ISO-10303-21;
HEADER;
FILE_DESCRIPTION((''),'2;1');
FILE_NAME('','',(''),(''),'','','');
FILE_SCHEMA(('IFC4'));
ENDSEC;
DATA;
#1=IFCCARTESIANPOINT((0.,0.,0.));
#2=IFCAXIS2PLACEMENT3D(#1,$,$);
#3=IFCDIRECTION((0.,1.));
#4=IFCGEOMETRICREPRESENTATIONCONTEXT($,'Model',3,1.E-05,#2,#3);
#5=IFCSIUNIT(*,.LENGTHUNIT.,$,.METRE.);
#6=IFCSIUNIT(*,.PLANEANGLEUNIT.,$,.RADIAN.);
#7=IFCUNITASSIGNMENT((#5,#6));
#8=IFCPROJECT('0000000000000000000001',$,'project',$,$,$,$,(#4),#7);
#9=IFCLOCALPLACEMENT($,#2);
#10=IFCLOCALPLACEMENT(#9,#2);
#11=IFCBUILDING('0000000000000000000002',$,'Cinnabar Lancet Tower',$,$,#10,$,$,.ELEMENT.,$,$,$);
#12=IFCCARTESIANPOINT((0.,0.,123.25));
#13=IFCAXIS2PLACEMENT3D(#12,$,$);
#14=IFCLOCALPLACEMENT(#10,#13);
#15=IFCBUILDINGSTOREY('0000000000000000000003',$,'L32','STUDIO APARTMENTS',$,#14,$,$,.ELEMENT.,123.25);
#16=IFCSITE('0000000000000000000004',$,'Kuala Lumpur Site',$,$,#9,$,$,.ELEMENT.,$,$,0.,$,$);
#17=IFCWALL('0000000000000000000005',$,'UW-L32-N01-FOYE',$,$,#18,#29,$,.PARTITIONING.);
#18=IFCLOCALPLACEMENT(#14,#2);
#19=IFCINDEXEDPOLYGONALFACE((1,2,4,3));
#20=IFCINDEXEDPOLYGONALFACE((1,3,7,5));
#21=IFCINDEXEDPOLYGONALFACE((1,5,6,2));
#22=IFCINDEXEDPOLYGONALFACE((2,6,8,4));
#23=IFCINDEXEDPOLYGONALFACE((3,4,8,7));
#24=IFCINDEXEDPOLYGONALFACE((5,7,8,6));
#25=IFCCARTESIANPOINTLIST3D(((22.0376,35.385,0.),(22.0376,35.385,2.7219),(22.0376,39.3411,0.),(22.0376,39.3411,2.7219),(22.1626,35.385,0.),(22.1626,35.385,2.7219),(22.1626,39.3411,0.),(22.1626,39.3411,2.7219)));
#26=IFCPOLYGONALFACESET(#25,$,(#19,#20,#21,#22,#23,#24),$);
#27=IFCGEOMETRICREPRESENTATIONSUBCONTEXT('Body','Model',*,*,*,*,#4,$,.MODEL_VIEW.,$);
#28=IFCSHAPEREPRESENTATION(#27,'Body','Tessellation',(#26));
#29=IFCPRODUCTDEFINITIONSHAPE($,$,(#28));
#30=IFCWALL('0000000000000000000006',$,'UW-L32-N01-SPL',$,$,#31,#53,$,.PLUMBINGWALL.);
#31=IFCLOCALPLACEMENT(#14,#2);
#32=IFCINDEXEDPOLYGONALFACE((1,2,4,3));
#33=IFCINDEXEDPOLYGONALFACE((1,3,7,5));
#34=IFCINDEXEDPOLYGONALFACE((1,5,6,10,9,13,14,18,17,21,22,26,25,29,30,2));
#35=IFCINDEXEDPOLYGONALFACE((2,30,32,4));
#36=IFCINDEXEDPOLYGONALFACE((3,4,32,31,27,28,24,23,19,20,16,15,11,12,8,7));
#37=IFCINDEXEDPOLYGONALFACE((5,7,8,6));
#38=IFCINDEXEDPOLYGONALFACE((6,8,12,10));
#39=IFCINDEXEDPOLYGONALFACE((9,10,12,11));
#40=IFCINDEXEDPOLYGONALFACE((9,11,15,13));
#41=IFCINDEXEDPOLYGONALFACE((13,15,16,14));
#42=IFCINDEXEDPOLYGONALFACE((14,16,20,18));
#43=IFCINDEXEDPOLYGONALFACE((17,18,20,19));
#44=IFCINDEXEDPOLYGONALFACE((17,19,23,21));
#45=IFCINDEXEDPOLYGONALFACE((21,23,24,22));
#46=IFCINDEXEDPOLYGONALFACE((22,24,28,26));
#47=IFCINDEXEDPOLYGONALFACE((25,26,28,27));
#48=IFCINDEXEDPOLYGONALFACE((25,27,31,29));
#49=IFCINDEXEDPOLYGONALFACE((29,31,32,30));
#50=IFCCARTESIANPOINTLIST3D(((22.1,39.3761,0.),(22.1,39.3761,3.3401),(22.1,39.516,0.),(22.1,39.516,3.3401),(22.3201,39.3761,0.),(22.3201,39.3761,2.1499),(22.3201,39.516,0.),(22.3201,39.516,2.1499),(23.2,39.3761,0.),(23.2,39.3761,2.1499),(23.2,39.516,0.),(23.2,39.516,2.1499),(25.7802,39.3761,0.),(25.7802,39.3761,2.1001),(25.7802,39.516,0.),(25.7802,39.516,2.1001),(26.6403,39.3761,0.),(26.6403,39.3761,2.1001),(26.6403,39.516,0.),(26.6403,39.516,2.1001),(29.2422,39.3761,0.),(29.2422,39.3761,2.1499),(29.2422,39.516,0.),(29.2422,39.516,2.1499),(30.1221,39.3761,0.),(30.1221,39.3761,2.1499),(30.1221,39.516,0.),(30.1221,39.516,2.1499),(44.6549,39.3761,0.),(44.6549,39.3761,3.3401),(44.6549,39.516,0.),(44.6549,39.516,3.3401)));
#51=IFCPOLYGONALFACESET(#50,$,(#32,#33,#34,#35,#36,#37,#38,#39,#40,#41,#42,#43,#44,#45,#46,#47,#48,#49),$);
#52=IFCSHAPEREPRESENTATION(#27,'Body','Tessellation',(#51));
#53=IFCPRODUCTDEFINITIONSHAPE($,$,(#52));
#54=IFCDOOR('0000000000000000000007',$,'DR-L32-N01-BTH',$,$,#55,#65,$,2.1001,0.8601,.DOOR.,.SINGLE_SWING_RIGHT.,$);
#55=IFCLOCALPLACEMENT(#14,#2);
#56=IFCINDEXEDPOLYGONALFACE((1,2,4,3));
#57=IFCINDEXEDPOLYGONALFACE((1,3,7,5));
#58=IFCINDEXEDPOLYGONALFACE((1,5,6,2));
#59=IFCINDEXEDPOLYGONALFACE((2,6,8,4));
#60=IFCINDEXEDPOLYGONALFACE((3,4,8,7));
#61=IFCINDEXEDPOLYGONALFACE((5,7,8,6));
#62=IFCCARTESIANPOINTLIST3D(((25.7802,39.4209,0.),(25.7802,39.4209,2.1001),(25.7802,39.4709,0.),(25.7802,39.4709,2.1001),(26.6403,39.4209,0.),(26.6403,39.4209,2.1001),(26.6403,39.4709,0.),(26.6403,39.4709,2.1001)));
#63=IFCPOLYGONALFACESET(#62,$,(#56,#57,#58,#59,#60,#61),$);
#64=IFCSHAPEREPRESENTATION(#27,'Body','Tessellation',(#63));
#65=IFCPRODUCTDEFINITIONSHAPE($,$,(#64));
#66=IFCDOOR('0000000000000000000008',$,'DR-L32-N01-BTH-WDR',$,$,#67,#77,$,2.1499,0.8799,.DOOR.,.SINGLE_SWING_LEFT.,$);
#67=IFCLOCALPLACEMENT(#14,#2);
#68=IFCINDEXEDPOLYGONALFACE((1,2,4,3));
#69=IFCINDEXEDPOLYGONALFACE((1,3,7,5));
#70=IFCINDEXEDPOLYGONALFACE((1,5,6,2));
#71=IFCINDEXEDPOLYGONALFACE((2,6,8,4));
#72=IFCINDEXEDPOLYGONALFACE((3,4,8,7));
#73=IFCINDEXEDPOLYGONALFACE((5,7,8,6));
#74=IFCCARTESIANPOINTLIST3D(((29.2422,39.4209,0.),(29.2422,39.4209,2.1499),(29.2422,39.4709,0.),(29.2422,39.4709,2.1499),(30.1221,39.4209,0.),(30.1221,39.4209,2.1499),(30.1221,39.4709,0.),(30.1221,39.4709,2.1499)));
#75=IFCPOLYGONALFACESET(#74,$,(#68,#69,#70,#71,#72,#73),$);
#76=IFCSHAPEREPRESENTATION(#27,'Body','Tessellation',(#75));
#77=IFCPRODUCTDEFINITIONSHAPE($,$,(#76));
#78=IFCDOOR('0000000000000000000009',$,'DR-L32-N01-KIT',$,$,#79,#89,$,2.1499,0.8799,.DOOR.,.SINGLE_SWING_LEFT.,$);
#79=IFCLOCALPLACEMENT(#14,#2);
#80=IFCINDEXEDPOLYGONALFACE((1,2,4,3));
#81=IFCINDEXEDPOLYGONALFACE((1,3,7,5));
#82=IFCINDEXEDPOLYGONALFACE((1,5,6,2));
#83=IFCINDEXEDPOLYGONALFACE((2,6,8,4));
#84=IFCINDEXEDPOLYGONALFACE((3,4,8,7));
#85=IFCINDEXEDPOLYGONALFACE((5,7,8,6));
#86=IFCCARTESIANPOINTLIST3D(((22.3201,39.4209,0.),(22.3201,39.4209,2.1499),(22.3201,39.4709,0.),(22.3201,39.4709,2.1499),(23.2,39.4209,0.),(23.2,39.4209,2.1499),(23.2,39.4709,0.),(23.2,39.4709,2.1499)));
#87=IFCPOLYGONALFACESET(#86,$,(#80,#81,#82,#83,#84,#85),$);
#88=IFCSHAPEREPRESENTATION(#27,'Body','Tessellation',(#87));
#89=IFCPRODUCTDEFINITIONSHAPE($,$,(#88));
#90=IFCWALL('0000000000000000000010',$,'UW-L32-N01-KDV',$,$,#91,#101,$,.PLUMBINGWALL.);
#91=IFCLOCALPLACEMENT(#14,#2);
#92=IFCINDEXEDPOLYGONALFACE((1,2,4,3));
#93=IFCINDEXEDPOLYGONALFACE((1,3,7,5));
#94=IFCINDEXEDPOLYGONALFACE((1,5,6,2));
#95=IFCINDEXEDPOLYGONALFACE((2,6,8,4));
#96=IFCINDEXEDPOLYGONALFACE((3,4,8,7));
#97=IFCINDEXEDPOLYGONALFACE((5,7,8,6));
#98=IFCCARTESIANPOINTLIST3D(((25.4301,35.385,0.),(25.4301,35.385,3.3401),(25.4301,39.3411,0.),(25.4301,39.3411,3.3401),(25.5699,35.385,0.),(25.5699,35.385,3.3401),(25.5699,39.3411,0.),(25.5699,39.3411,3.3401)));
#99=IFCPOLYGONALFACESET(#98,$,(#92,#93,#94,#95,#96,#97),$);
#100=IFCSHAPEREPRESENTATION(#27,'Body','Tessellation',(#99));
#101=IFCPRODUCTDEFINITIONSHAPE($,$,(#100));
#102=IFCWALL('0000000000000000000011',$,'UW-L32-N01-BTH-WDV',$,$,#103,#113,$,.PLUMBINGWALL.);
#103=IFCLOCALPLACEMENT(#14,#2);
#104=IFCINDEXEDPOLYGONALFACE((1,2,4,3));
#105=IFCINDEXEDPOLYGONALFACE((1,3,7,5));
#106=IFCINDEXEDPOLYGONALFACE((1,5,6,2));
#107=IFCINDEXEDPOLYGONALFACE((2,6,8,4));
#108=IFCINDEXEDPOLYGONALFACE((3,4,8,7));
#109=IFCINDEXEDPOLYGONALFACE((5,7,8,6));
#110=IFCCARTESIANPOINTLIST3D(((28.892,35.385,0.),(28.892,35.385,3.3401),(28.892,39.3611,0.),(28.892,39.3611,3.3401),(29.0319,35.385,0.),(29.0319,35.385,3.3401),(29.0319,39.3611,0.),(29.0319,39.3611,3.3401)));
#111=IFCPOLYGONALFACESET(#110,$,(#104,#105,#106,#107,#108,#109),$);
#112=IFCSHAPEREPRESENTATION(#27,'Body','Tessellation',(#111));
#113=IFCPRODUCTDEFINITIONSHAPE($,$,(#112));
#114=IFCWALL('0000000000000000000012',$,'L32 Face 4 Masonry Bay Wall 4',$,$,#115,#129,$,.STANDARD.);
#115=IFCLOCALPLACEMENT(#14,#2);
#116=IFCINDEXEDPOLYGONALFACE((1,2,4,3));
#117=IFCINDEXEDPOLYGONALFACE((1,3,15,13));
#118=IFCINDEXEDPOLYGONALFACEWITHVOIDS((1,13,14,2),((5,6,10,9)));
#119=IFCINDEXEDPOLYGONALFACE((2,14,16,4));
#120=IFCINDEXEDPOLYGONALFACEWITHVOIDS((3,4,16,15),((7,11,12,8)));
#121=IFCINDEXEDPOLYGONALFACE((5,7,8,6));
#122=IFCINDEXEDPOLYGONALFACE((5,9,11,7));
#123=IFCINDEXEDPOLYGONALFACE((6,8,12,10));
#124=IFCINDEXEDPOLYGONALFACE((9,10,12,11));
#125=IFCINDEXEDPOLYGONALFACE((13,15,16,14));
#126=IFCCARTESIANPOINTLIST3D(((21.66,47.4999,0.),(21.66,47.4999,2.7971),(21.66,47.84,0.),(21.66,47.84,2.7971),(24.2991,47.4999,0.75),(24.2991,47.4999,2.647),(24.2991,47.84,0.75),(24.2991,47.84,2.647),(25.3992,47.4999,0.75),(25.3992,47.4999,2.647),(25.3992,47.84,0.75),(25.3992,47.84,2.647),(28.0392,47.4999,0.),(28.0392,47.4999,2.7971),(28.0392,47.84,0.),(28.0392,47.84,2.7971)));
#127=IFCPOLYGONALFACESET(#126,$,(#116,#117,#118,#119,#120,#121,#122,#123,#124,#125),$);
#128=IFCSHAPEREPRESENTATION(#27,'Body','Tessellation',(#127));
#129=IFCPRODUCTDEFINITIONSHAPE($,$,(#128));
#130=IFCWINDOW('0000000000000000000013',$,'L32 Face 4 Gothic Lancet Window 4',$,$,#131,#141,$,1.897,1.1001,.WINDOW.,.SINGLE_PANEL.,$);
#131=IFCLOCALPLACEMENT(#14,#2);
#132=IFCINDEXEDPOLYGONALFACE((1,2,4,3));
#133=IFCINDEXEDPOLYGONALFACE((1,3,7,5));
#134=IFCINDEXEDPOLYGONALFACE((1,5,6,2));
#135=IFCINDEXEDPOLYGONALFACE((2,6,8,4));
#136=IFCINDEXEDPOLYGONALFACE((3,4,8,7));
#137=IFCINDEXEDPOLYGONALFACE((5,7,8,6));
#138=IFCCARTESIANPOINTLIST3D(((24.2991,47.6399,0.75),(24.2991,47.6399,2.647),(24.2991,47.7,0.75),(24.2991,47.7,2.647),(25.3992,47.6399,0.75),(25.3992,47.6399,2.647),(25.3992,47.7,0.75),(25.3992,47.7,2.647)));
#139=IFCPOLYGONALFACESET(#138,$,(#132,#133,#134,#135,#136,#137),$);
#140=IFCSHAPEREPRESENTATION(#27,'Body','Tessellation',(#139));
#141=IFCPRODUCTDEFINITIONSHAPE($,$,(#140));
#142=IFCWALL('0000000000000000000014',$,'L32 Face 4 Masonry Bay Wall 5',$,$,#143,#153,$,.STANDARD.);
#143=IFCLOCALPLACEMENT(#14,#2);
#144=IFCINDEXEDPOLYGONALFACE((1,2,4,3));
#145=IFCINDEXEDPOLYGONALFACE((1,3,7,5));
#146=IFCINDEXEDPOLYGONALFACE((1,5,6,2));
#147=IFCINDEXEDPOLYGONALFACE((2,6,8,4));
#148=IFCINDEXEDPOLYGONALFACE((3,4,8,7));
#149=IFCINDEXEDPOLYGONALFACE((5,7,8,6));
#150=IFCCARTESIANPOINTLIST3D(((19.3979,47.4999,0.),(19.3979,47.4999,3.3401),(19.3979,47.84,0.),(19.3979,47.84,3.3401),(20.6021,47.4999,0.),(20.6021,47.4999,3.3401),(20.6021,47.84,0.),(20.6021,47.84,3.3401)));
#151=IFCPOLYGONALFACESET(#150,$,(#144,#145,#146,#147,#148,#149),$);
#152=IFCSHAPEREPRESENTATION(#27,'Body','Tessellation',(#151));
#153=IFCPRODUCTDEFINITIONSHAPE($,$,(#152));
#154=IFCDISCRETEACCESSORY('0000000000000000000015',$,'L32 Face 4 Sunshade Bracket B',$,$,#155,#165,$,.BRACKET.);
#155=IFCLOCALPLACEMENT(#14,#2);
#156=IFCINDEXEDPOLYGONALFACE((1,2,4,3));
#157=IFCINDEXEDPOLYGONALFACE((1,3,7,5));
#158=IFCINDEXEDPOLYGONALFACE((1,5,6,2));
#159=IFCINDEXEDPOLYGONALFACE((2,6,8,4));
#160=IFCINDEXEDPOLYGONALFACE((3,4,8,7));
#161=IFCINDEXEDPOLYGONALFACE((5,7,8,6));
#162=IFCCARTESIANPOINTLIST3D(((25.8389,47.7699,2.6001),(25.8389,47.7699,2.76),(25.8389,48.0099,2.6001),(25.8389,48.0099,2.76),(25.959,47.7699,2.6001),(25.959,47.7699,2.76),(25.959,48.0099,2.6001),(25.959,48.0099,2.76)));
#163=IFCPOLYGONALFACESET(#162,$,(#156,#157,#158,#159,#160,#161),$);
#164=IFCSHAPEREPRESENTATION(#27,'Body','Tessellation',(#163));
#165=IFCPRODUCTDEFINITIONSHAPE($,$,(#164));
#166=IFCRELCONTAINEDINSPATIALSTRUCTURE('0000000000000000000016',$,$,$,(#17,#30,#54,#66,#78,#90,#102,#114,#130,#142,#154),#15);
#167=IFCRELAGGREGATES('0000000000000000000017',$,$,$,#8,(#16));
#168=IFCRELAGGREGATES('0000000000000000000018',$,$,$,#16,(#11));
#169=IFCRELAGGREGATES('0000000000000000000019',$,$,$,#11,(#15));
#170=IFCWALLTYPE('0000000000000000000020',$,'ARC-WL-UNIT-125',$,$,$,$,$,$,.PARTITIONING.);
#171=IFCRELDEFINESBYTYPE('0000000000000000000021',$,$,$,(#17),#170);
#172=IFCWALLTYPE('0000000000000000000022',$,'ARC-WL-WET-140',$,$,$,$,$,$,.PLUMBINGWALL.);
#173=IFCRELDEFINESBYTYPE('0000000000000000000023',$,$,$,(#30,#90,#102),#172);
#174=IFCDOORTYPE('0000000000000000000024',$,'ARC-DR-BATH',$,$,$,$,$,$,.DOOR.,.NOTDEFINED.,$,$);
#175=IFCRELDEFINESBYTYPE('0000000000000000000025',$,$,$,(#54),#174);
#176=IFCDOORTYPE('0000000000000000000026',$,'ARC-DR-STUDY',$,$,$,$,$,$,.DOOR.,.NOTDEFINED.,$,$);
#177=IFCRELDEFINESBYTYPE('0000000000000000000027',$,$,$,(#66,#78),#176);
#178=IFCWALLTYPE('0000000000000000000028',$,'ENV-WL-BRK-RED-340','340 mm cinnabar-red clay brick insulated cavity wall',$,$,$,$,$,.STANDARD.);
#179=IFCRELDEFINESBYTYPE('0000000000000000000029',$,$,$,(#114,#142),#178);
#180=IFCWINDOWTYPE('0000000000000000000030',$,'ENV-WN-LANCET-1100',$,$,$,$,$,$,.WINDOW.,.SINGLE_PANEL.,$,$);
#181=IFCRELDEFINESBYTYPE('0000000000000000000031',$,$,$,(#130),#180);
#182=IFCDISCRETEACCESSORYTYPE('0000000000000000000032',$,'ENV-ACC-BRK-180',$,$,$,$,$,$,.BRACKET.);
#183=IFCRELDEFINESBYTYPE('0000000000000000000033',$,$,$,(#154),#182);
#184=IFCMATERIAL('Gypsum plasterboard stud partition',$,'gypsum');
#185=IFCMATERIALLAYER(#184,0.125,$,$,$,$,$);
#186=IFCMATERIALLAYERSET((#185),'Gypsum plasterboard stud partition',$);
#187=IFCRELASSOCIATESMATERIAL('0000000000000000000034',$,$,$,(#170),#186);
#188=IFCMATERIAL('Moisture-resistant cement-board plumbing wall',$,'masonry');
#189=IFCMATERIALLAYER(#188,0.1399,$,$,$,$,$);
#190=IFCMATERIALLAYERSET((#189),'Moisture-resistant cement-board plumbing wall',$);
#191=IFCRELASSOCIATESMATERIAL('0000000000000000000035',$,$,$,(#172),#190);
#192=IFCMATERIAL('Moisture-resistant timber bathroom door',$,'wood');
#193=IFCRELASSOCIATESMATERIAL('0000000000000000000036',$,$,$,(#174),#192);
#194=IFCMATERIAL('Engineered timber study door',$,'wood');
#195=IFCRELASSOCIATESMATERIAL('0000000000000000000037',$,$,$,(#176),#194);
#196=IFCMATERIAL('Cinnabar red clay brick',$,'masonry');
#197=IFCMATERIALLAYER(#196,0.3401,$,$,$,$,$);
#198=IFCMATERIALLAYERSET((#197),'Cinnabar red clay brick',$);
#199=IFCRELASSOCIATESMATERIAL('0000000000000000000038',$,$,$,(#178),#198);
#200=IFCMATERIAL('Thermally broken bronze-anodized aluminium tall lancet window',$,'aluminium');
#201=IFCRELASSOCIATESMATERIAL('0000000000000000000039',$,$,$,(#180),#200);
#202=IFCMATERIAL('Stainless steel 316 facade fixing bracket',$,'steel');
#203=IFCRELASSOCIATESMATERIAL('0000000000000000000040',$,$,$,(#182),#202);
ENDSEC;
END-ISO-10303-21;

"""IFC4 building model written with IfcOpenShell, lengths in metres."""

from ifc_helpers import new_model, si_unit, direction, frame, frame_2d, origin, origin_2d, place, context, subcontext, project, spatial, rectangle, extrude, material, layer, layer_set, type_object, element, fill, save


model = new_model("IFC4")

# Units and contexts
model_context = context("Model", 3, precision=1e-05, world=origin(), true_north=direction((0.0, 1.0)))
body_context = subcontext(model_context, "Body", "Model", "MODEL_VIEW")
ifc_project = project(units=[si_unit("LENGTHUNIT", "METRE"), si_unit("PLANEANGLEUNIT", "RADIAN")], contexts=[model_context])

# Site, building, storey
site_placement = place(None, origin())
site = spatial("IfcSite", under=ifc_project, at=site_placement, Name="Kuala Lumpur Site", CompositionType="ELEMENT", RefElevation=0.0)
building_placement = place(site_placement, origin())
building = spatial("IfcBuilding", under=site, at=building_placement, Name="Cinnabar Lancet Tower", CompositionType="ELEMENT")
storey_placement = place(building_placement, frame((0.0, 0.0, 123.25)))
storey = spatial("IfcBuildingStorey", under=building, at=storey_placement, Name="L32", Description="STUDIO APARTMENTS", CompositionType="ELEMENT", Elevation=123.25)

# Wall
ifc_material_1 = material(Name="Gypsum plasterboard stud partition", Category="gypsum")
ifc_layer_1 = layer(ifc_material_1, 0.125)
ifc_layer_set_1 = layer_set([ifc_layer_1], Name="Gypsum plasterboard stud partition")
wall_type_1 = type_object("IfcWallType", Name="ARC-WL-UNIT-125", PredefinedType="PARTITIONING", material=ifc_layer_set_1)
wall_1_placement = place(storey_placement, frame((22.1001, 35.385, 0.0), z_axis=(0.0, 0.0, 1.0), x_axis=(0.0, 1.0, 0.0)))
element("IfcWall", 1, at=wall_1_placement, inside=storey, type_object=wall_type_1, Name="UW-L32-N01-FOYE", PredefinedType="PARTITIONING", context=body_context, shape_type="SweptSolid", body=[
    extrude(rectangle(XDim=3.9561, YDim=0.125, at=frame_2d((1.978, 0.0))), origin(), (0.0, 0.0, 1.0), 2.7219),
])

# Wall, openings, doors
ifc_material_2 = material(Name="Moisture-resistant cement-board plumbing wall", Category="masonry")
ifc_layer_2 = layer(ifc_material_2, 0.1399)
ifc_layer_set_2 = layer_set([ifc_layer_2], Name="Moisture-resistant cement-board plumbing wall")
wall_type_2 = type_object("IfcWallType", Name="ARC-WL-WET-140", PredefinedType="PLUMBINGWALL", material=ifc_layer_set_2)
wall_2_placement = place(storey_placement, frame((22.1001, 39.446, 0.0), z_axis=(0.0, 0.0, 1.0), x_axis=(1.0, 0.0, 0.0)))
wall_2 = element("IfcWall", 2, at=wall_2_placement, inside=storey, type_object=wall_type_2, Name="UW-L32-N01-SPL", PredefinedType="PLUMBINGWALL", context=body_context, shape_type="SweptSolid", body=[
    extrude(rectangle(XDim=22.5549, YDim=0.1399, at=frame_2d((11.2773, 0.0))), origin(), (0.0, 0.0, 1.0), 3.3401),
])
opening_1_placement = place(wall_2_placement, frame((3.6799, 0.0, 0.0)))
opening_1 = element("IfcOpeningElement", 3, at=opening_1_placement, cuts=wall_2, PredefinedType="OPENING", context=body_context, shape_type="SweptSolid", body=[
    extrude(rectangle(XDim=0.8601, YDim=2.1001, at=frame_2d((0.4302, 1.05))), frame((0.0, 0.0798, 0.0), z_axis=(0.0, -1.0, 0.0), x_axis=(1.0, 0.0, 0.0)), (0.0, 0.0, 1.0), 0.1599),
])
opening_2_placement = place(wall_2_placement, frame((7.1421, 0.0, 0.0)))
opening_2 = element("IfcOpeningElement", 4, at=opening_2_placement, cuts=wall_2, PredefinedType="OPENING", context=body_context, shape_type="SweptSolid", body=[
    extrude(rectangle(XDim=0.8799, YDim=2.1499, at=frame_2d((0.4399, 1.075))), frame((0.0, 0.0798, 0.0), z_axis=(0.0, -1.0, 0.0), x_axis=(1.0, 0.0, 0.0)), (0.0, 0.0, 1.0), 0.1599),
])
opening_3_placement = place(wall_2_placement, frame((0.22, 0.0, 0.0)))
opening_3 = element("IfcOpeningElement", 5, at=opening_3_placement, cuts=wall_2, PredefinedType="OPENING", context=body_context, shape_type="SweptSolid", body=[
    extrude(rectangle(XDim=0.8799, YDim=2.1499, at=frame_2d((0.4399, 1.075))), frame((0.0, 0.0798, 0.0), z_axis=(0.0, -1.0, 0.0), x_axis=(1.0, 0.0, 0.0)), (0.0, 0.0, 1.0), 0.1599),
])
ifc_material_3 = material(Name="Moisture-resistant timber bathroom door", Category="wood")
door_type_1 = type_object("IfcDoorType", Name="ARC-DR-BATH", OperationType="NOTDEFINED", PredefinedType="DOOR", material=ifc_material_3)
door_1_placement = place(opening_1_placement, origin())
door_1 = element("IfcDoor", 6, at=door_1_placement, inside=storey, type_object=door_type_1, Name="DR-L32-N01-BTH", OperationType="SINGLE_SWING_RIGHT", OverallHeight=2.1001, OverallWidth=0.8601, PredefinedType="DOOR", context=body_context, shape_type="SweptSolid", body=[
    extrude(rectangle(XDim=0.8601, YDim=2.1001, at=frame_2d((0.4302, 1.05))), frame((0.0, 0.0249, 0.0), z_axis=(0.0, -1.0, 0.0), x_axis=(1.0, 0.0, 0.0)), (0.0, 0.0, 1.0), 0.05),
])
fill(opening_1, door_1)
ifc_material_4 = material(Name="Engineered timber study door", Category="wood")
door_type_2 = type_object("IfcDoorType", Name="ARC-DR-STUDY", OperationType="NOTDEFINED", PredefinedType="DOOR", material=ifc_material_4)
door_2_placement = place(opening_2_placement, origin())
door_2 = element("IfcDoor", 7, at=door_2_placement, inside=storey, type_object=door_type_2, Name="DR-L32-N01-BTH-WDR", OperationType="SINGLE_SWING_LEFT", OverallHeight=2.1499, OverallWidth=0.8799, PredefinedType="DOOR", context=body_context, shape_type="SweptSolid", body=[
    extrude(rectangle(XDim=0.8799, YDim=2.1499, at=frame_2d((0.4399, 1.075))), frame((0.0, 0.0249, 0.0), z_axis=(0.0, -1.0, 0.0), x_axis=(1.0, 0.0, 0.0)), (0.0, 0.0, 1.0), 0.05),
])
fill(opening_2, door_2)
door_3_placement = place(opening_3_placement, origin())
door_3 = element("IfcDoor", 8, at=door_3_placement, inside=storey, type_object=door_type_2, Name="DR-L32-N01-KIT", OperationType="SINGLE_SWING_LEFT", OverallHeight=2.1499, OverallWidth=0.8799, PredefinedType="DOOR", context=body_context, shape_type="SweptSolid", body=[
    extrude(rectangle(XDim=0.8799, YDim=2.1499, at=frame_2d((0.4399, 1.075))), frame((0.0, 0.0249, 0.0), z_axis=(0.0, -1.0, 0.0), x_axis=(1.0, 0.0, 0.0)), (0.0, 0.0, 1.0), 0.05),
])
fill(opening_3, door_3)

# Walls
wall_3_placement = place(storey_placement, frame((25.5, 35.385, 0.0), z_axis=(0.0, 0.0, 1.0), x_axis=(0.0, 1.0, 0.0)))
element("IfcWall", 9, at=wall_3_placement, inside=storey, type_object=wall_type_2, Name="UW-L32-N01-KDV", PredefinedType="PLUMBINGWALL", context=body_context, shape_type="SweptSolid", body=[
    extrude(rectangle(XDim=3.9561, YDim=0.1399, at=frame_2d((1.978, 0.0))), origin(), (0.0, 0.0, 1.0), 3.3401),
])
wall_4_placement = place(storey_placement, frame((28.9619, 35.385, 0.0), z_axis=(0.0, 0.0, 1.0), x_axis=(0.0, 1.0, 0.0)))
element("IfcWall", 10, at=wall_4_placement, inside=storey, type_object=wall_type_2, Name="UW-L32-N01-BTH-WDV", PredefinedType="PLUMBINGWALL", context=body_context, shape_type="SweptSolid", body=[
    extrude(rectangle(XDim=3.9761, YDim=0.1399, at=frame_2d((1.988, 0.0))), origin(), (0.0, 0.0, 1.0), 3.3401),
])

# Wall, opening, window
ifc_material_5 = material(Name="Cinnabar red clay brick", Category="masonry")
ifc_layer_3 = layer(ifc_material_5, 0.3401)
ifc_layer_set_3 = layer_set([ifc_layer_3], Name="Cinnabar red clay brick")
wall_type_3 = type_object("IfcWallType", Name="ENV-WL-BRK-RED-340", Description="340 mm cinnabar-red clay brick insulated cavity wall", PredefinedType="STANDARD", material=ifc_layer_set_3)
wall_5_placement = place(storey_placement, frame((28.0391, 47.6699, 0.0), z_axis=(0.0, 0.0, 1.0), x_axis=(-1.0, 0.0, 0.0)))
wall_5 = element("IfcWall", 11, at=wall_5_placement, inside=storey, type_object=wall_type_3, Name="L32 Face 4 Masonry Bay Wall 4", PredefinedType="STANDARD", context=body_context, shape_type="SweptSolid", body=[
    extrude(rectangle(XDim=6.3792, YDim=0.3401, at=frame_2d((3.1895, 0.0))), origin(), (0.0, 0.0, 1.0), 2.7971),
])
opening_4_placement = place(wall_5_placement, frame((2.6399, 0.0, 0.75)))
opening_4 = element("IfcOpeningElement", 12, at=opening_4_placement, cuts=wall_5, PredefinedType="OPENING", context=body_context, shape_type="SweptSolid", body=[
    extrude(rectangle(XDim=1.1001, YDim=1.897, at=frame_2d((0.55, 0.9485))), frame((0.0, 0.1799, 0.0), z_axis=(0.0, -1.0, 0.0), x_axis=(1.0, 0.0, 0.0)), (0.0, 0.0, 1.0), 0.3601),
])
ifc_material_6 = material(Name="Thermally broken bronze-anodized aluminium tall lancet window", Category="aluminium")
window_type = type_object("IfcWindowType", Name="ENV-WN-LANCET-1100", PartitioningType="SINGLE_PANEL", PredefinedType="WINDOW", material=ifc_material_6)
window_placement = place(opening_4_placement, origin())
window = element("IfcWindow", 13, at=window_placement, inside=storey, type_object=window_type, Name="L32 Face 4 Gothic Lancet Window 4", OverallHeight=1.897, OverallWidth=1.1001, PartitioningType="SINGLE_PANEL", PredefinedType="WINDOW", context=body_context, shape_type="SweptSolid", body=[
    extrude(rectangle(XDim=1.1001, YDim=1.897, at=frame_2d((0.55, 0.9485))), frame((0.0, 0.03, 0.0), z_axis=(0.0, -1.0, 0.0), x_axis=(1.0, 0.0, 0.0)), (0.0, 0.0, 1.0), 0.0601),
])
fill(opening_4, window)

# Wall
wall_6_placement = place(storey_placement, frame((20.6021, 47.6699, 0.0), z_axis=(0.0, 0.0, 1.0), x_axis=(-1.0, 0.0, 0.0)))
element("IfcWall", 14, at=wall_6_placement, inside=storey, type_object=wall_type_3, Name="L32 Face 4 Masonry Bay Wall 5", PredefinedType="STANDARD", context=body_context, shape_type="SweptSolid", body=[
    extrude(rectangle(XDim=1.2041, YDim=0.3401, at=frame_2d((0.6021, 0.0))), origin(), (0.0, 0.0, 1.0), 3.3401),
])

# Discrete accessory
ifc_material_7 = material(Name="Stainless steel 316 facade fixing bracket", Category="steel")
discrete_accessory_type = type_object("IfcDiscreteAccessoryType", Name="ENV-ACC-BRK-180", PredefinedType="BRACKET", material=ifc_material_7)
discrete_accessory_placement = place(storey_placement, frame((25.8989, 47.8899, 2.6001), z_axis=(0.0, 0.0, 1.0), x_axis=(-1.0, 0.0, 0.0)))
element("IfcDiscreteAccessory", 15, at=discrete_accessory_placement, inside=storey, type_object=discrete_accessory_type, Name="L32 Face 4 Sunshade Bracket B", PredefinedType="BRACKET", context=body_context, shape_type="SweptSolid", body=[
    extrude(rectangle(XDim=0.1201, YDim=0.24, at=origin_2d()), origin(), (0.0, 0.0, 1.0), 0.1599),
])

save(model, "model.ifc")
